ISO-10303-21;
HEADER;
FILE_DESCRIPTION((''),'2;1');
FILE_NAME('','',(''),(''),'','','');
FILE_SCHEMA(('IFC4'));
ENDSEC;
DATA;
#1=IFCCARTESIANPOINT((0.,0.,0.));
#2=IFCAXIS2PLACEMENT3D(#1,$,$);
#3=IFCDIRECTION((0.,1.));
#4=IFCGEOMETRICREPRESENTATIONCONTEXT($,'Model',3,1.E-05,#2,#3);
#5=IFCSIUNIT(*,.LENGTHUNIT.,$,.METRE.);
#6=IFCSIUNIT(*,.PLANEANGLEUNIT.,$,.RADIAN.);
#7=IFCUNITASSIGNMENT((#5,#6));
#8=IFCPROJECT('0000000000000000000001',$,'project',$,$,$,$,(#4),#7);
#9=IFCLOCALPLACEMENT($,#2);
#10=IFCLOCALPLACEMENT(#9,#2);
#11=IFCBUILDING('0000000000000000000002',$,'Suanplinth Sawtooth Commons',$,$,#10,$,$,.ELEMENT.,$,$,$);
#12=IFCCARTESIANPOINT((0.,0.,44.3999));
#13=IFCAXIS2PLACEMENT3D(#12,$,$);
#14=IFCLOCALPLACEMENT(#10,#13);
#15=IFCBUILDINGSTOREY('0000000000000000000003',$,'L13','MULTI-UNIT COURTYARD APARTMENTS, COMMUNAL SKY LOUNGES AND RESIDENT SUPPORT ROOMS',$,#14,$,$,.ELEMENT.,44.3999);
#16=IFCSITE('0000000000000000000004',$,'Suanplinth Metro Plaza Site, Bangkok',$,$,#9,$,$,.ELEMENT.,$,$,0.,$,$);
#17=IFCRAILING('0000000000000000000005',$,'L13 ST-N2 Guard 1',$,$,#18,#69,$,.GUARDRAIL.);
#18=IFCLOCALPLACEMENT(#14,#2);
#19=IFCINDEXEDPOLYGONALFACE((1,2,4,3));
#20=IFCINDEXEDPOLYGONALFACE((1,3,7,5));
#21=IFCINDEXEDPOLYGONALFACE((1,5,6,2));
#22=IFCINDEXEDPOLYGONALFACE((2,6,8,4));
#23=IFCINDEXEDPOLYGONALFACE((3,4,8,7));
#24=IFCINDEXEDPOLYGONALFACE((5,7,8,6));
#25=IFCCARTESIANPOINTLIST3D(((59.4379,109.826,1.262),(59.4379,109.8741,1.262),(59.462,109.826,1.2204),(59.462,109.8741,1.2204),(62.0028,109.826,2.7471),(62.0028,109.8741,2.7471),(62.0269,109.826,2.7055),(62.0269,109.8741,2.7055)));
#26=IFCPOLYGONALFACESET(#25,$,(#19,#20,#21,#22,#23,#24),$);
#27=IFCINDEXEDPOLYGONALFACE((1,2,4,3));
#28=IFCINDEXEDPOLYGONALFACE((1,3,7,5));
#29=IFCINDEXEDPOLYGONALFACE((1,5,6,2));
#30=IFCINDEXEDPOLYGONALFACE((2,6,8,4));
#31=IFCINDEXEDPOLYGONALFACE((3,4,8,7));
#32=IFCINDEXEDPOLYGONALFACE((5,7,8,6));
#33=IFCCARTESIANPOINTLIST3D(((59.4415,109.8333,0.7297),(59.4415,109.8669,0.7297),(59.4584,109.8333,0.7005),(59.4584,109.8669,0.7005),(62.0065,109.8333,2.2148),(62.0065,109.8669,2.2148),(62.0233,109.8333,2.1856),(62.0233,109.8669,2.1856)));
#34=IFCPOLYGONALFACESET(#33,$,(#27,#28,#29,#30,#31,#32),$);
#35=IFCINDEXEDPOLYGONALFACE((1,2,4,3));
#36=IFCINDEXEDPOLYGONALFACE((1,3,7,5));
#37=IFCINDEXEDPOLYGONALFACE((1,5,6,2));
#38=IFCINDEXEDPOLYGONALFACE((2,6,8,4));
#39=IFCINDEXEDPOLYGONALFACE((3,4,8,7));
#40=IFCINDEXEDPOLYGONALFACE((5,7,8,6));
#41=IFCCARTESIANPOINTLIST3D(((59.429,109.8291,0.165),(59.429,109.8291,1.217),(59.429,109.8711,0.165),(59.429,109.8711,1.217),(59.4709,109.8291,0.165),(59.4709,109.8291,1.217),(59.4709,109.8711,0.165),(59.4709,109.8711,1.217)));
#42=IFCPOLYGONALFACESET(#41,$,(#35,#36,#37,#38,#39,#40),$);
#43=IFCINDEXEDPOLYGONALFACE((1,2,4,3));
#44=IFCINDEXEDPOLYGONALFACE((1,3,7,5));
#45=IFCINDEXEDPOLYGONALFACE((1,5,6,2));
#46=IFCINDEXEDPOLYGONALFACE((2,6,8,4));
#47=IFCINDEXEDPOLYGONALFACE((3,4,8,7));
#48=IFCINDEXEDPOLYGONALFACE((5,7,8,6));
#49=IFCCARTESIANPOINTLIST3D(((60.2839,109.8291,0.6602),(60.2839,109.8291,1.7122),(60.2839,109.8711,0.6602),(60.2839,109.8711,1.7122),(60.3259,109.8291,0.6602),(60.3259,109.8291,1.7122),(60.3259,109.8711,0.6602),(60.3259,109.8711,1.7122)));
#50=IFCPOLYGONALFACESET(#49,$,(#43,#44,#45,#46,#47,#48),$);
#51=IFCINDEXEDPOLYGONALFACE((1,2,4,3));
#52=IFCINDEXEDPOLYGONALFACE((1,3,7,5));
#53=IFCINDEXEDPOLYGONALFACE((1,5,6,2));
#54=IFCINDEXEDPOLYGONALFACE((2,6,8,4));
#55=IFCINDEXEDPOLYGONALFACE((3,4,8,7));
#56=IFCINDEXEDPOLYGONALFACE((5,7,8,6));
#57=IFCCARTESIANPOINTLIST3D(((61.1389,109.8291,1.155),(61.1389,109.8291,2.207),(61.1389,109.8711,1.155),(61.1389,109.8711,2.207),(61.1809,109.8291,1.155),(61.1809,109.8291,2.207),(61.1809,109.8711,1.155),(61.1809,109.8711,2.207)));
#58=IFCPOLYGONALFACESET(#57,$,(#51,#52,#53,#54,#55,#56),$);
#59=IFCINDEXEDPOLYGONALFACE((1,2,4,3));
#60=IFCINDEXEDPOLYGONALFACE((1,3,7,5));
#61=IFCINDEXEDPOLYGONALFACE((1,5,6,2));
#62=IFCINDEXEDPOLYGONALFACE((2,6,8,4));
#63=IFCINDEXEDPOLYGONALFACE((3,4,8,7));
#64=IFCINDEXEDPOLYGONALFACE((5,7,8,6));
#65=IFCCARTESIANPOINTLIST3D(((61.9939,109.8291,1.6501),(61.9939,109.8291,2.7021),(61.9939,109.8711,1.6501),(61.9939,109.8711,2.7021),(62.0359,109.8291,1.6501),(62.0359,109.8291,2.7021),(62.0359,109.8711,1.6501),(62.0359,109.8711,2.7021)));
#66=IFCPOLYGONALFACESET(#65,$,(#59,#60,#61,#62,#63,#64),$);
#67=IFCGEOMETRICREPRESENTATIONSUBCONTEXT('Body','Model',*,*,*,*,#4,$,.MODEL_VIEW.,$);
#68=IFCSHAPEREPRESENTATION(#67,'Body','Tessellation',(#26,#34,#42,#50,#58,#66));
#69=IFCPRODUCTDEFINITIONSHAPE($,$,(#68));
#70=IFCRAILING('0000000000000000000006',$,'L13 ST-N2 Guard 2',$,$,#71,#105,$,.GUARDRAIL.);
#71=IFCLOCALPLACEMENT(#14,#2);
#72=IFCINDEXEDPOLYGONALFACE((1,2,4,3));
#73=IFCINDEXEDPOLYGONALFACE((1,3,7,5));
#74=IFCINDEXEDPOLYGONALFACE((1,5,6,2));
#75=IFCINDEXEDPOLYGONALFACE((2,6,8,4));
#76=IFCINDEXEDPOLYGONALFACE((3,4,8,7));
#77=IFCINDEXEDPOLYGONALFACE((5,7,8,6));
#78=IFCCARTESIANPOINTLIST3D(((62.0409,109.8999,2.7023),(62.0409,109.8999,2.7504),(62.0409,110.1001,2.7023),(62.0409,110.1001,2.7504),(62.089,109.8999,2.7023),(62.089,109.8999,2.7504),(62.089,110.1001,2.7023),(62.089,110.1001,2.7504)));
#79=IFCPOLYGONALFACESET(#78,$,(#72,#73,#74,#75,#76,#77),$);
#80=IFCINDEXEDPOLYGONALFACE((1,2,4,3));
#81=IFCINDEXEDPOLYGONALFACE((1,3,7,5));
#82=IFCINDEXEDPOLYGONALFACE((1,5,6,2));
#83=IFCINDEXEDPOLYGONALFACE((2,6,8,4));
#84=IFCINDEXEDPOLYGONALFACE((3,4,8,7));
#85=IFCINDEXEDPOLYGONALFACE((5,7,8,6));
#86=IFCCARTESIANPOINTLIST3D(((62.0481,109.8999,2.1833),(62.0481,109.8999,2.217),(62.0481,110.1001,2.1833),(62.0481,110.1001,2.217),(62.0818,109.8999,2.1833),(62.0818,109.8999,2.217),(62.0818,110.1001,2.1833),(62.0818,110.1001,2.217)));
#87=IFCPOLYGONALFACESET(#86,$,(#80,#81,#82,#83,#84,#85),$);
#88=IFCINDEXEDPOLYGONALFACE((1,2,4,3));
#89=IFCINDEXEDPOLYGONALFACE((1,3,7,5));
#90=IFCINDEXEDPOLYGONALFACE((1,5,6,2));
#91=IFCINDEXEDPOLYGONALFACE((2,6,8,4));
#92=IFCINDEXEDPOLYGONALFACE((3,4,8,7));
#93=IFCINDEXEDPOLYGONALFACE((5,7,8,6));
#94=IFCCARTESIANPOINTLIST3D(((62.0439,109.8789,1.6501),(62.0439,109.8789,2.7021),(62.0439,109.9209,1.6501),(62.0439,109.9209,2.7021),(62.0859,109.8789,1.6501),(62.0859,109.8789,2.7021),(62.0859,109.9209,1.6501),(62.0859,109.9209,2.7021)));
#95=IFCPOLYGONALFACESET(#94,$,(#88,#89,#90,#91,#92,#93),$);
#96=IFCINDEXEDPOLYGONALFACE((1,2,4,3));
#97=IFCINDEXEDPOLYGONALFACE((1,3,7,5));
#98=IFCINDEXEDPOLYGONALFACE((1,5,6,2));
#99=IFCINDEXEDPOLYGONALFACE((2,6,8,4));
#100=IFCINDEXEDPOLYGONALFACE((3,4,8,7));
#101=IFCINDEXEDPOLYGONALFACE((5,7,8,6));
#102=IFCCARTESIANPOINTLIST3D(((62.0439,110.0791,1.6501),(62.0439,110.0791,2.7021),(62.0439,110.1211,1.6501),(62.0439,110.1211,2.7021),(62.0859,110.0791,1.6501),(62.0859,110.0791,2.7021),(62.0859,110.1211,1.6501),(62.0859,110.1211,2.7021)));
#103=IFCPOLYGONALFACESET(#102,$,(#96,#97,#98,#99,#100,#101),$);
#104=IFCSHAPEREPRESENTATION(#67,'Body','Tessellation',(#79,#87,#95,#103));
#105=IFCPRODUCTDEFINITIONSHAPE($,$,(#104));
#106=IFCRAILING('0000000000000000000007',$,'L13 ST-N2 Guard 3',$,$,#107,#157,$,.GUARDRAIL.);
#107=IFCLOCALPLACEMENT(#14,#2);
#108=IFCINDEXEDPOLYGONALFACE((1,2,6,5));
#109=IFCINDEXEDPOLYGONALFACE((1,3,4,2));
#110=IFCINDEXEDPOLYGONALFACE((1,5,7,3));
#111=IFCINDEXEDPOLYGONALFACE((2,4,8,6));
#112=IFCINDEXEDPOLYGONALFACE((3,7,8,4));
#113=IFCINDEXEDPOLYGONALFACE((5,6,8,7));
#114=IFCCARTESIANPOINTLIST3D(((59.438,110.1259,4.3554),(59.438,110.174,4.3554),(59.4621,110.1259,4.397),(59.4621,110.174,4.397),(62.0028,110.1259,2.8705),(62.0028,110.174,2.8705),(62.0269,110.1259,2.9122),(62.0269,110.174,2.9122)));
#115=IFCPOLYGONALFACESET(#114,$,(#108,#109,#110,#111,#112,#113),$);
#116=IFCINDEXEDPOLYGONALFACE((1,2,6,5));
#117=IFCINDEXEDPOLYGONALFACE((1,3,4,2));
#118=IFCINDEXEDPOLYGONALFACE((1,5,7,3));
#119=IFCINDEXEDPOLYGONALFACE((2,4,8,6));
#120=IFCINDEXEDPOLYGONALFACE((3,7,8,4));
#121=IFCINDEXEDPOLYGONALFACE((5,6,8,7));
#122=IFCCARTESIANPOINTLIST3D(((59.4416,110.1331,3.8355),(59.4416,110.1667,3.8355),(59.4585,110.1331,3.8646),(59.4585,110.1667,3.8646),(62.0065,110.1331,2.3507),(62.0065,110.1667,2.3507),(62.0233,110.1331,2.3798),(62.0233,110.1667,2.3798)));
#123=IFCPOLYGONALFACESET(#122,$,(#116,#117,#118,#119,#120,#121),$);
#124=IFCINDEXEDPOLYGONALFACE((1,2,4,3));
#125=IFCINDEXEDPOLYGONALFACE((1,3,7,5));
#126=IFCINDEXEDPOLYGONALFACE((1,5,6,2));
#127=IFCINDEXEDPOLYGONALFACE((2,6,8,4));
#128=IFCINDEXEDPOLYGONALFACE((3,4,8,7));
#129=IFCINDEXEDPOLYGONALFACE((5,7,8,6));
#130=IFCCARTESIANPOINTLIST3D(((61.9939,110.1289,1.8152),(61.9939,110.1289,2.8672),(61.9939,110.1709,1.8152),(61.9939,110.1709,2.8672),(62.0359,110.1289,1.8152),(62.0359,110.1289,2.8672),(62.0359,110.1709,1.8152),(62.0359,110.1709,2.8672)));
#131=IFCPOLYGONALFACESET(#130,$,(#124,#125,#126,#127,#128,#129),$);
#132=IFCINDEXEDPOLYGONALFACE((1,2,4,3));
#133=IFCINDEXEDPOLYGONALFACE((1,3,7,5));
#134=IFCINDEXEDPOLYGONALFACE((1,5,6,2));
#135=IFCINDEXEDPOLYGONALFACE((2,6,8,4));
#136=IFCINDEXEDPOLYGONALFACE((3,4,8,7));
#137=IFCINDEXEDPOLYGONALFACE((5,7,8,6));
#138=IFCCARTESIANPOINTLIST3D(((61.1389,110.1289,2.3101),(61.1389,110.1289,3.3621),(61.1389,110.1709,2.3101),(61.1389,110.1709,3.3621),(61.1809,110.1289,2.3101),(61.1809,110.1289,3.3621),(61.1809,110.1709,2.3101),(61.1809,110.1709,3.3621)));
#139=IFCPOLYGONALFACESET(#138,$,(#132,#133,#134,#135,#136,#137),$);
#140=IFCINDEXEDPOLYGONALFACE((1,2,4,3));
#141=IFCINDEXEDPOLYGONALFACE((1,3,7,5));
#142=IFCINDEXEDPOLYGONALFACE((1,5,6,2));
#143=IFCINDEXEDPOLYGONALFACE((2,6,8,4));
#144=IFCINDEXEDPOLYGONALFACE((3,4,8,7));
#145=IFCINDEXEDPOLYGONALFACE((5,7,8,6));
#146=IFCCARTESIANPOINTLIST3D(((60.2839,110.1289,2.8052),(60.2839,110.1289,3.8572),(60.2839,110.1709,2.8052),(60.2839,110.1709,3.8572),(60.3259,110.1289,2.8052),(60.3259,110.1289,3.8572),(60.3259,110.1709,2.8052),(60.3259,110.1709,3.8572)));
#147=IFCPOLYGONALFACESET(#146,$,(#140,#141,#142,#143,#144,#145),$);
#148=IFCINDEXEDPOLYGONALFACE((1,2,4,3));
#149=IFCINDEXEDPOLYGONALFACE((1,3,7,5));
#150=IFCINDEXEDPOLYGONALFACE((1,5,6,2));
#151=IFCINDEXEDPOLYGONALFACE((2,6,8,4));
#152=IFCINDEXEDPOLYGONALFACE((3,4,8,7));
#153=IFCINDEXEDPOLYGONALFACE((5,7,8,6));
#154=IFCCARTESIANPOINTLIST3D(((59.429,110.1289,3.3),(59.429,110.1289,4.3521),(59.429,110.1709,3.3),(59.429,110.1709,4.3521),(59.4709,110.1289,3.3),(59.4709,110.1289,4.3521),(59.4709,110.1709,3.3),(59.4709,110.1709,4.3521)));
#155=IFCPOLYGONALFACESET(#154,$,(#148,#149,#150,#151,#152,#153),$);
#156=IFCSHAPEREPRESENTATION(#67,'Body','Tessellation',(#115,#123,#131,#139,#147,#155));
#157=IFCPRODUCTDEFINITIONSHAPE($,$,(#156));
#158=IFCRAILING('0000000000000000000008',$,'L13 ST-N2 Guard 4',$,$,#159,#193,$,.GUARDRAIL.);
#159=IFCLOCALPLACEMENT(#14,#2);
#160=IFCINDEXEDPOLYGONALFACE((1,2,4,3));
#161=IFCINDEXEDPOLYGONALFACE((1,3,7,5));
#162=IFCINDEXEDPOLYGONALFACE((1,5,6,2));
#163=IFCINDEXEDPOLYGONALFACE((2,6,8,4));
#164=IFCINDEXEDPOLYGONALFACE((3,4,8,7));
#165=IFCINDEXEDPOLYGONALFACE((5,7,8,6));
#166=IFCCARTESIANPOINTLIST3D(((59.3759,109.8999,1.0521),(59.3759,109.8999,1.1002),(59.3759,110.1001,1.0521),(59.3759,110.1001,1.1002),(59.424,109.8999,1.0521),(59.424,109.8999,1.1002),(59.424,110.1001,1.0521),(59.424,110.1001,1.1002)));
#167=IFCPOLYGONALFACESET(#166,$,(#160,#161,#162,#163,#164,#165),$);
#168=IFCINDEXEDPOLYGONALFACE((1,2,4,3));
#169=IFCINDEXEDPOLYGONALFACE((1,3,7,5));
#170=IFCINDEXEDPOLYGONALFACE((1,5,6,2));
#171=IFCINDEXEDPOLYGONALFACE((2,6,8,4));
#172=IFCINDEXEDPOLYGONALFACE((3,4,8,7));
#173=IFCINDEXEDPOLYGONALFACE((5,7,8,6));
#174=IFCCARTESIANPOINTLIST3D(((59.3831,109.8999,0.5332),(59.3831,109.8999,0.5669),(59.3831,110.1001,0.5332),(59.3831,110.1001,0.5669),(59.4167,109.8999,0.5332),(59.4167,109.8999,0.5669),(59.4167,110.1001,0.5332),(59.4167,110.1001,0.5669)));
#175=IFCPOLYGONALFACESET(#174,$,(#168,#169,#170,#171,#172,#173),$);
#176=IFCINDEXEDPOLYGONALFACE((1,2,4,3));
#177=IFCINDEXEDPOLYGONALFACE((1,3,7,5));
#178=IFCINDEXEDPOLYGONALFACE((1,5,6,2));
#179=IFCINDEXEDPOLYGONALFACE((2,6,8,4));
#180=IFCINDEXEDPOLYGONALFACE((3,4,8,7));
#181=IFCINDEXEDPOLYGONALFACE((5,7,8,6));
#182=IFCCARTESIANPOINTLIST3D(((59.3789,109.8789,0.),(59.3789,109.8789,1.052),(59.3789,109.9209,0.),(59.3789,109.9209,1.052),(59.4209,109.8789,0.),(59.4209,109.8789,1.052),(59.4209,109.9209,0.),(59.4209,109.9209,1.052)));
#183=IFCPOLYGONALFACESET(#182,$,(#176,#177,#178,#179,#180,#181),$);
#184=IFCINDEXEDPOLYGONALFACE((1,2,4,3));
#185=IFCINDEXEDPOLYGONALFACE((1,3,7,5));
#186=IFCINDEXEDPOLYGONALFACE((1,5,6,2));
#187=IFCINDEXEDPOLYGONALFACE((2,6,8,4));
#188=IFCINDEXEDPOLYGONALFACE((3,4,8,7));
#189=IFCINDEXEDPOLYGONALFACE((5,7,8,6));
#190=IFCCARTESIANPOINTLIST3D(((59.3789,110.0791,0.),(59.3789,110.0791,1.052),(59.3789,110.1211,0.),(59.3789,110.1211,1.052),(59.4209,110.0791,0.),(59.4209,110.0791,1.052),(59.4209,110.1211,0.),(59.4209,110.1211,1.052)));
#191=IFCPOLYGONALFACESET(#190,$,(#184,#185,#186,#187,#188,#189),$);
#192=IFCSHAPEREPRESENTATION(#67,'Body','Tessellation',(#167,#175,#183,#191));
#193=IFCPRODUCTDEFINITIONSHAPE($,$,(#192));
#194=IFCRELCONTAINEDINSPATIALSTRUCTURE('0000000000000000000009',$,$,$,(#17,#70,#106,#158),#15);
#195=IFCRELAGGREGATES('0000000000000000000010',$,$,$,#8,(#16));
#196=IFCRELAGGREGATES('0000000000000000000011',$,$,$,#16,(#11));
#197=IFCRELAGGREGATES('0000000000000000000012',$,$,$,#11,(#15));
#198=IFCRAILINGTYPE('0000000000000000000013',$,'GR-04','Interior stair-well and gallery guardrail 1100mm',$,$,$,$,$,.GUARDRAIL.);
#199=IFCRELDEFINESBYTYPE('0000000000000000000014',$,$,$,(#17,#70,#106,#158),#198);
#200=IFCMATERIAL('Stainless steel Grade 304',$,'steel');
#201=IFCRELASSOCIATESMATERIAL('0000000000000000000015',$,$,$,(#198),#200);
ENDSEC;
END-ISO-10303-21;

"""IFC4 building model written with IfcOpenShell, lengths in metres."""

from ifc_helpers import new_model, si_unit, direction, frame, origin, origin_2d, place, context, subcontext, project, spatial, rectangle, extrude, material, type_object, element, save


model = new_model("IFC4")

# Units and contexts
model_context = context("Model", 3, precision=1e-05, world=origin(), true_north=direction((0.0, 1.0)))
body_context = subcontext(model_context, "Body", "Model", "MODEL_VIEW")
ifc_project = project(units=[si_unit("LENGTHUNIT", "METRE"), si_unit("PLANEANGLEUNIT", "RADIAN")], contexts=[model_context])

# Site, building, storey
site_placement = place(None, origin())
site = spatial("IfcSite", under=ifc_project, at=site_placement, Name="Suanplinth Metro Plaza Site, Bangkok", CompositionType="ELEMENT", RefElevation=0.0)
building_placement = place(site_placement, origin())
building = spatial("IfcBuilding", under=site, at=building_placement, Name="Suanplinth Sawtooth Commons", CompositionType="ELEMENT")
storey_placement = place(building_placement, frame((0.0, 0.0, 44.3999)))
storey = spatial("IfcBuildingStorey", under=building, at=storey_placement, Name="L13", Description="MULTI-UNIT COURTYARD APARTMENTS, COMMUNAL SKY LOUNGES AND RESIDENT SUPPORT ROOMS", CompositionType="ELEMENT", Elevation=44.3999)

# Shared definitions
ifc_material_1 = material(Name="Stainless steel Grade 304", Category="steel")

# Railings
railing_type_1 = type_object("IfcRailingType", Name="GR-04", Description="Interior stair-well and gallery guardrail 1100mm", PredefinedType="GUARDRAIL", material=ifc_material_1)
railing_1_placement = place(storey_placement, frame((59.45, 109.8501, 0.165)))
element("IfcRailing", 1, at=railing_1_placement, inside=storey, type_object=railing_type_1, Name="L13 ST-N2 Guard 1", PredefinedType="GUARDRAIL", context=body_context, shape_type="SweptSolid", body=[
    extrude(rectangle(XDim=0.0481, YDim=0.0481, at=origin_2d()), frame((0.0, 0.0, 1.0762), z_axis=(0.865406, 0.0, 0.501072), x_axis=(0.0, 1.0, 0.0)), (0.0, 0.0, 1.0), 2.9639),
    extrude(rectangle(XDim=0.0337, YDim=0.0337, at=origin_2d()), frame((0.0, 0.0, 0.55), z_axis=(0.865406, 0.0, 0.501072), x_axis=(0.0, 1.0, 0.0)), (0.0, 0.0, 1.0), 2.9639),
    extrude(rectangle(XDim=0.042, YDim=0.042, at=origin_2d()), origin(), (0.0, 0.0, 1.0), 1.052),
    extrude(rectangle(XDim=0.042, YDim=0.042, at=origin_2d()), frame((0.855, 0.0, 0.4951)), (0.0, 0.0, 1.0), 1.052),
    extrude(rectangle(XDim=0.042, YDim=0.042, at=origin_2d()), frame((1.71, 0.0, 0.99)), (0.0, 0.0, 1.0), 1.052),
    extrude(rectangle(XDim=0.042, YDim=0.042, at=origin_2d()), frame((2.5649, 0.0, 1.4851)), (0.0, 0.0, 1.0), 1.052),
])
railing_2_placement = place(storey_placement, frame((62.0649, 109.8999, 1.6501)))
element("IfcRailing", 2, at=railing_2_placement, inside=storey, type_object=railing_type_1, Name="L13 ST-N2 Guard 2", PredefinedType="GUARDRAIL", context=body_context, shape_type="SweptSolid", body=[
    extrude(rectangle(XDim=0.0481, YDim=0.0481, at=origin_2d()), frame((0.0, 0.0, 1.0762), z_axis=(0.0, 1.0, 0.0), x_axis=(-1.0, 0.0, 0.0)), (0.0, 0.0, 1.0), 0.2002),
    extrude(rectangle(XDim=0.0337, YDim=0.0337, at=origin_2d()), frame((0.0, 0.0, 0.55), z_axis=(0.0, 1.0, 0.0), x_axis=(-1.0, 0.0, 0.0)), (0.0, 0.0, 1.0), 0.2002),
    extrude(rectangle(XDim=0.042, YDim=0.042, at=origin_2d()), origin(), (0.0, 0.0, 1.0), 1.052),
    extrude(rectangle(XDim=0.042, YDim=0.042, at=origin_2d()), frame((0.0, 0.2002, 0.0)), (0.0, 0.0, 1.0), 1.052),
])
railing_3_placement = place(storey_placement, frame((62.0149, 110.1499, 1.8152)))
element("IfcRailing", 3, at=railing_3_placement, inside=storey, type_object=railing_type_1, Name="L13 ST-N2 Guard 3", PredefinedType="GUARDRAIL", context=body_context, shape_type="SweptSolid", body=[
    extrude(rectangle(XDim=0.0481, YDim=0.0481, at=origin_2d()), frame((0.0, 0.0, 1.0762), z_axis=(-0.865441, 0.0, 0.50101), x_axis=(0.0, -1.0, 0.0)), (0.0, 0.0, 1.0), 2.9636),
    extrude(rectangle(XDim=0.0337, YDim=0.0337, at=origin_2d()), frame((0.0, 0.0, 0.55), z_axis=(-0.865441, 0.0, 0.50101), x_axis=(0.0, -1.0, 0.0)), (0.0, 0.0, 1.0), 2.9636),
    extrude(rectangle(XDim=0.042, YDim=0.042, at=origin_2d()), origin(), (0.0, 0.0, 1.0), 1.052),
    extrude(rectangle(XDim=0.042, YDim=0.042, at=origin_2d()), frame((-0.855, 0.0, 0.4949)), (0.0, 0.0, 1.0), 1.052),
    extrude(rectangle(XDim=0.042, YDim=0.042, at=origin_2d()), frame((-1.71, 0.0, 0.99)), (0.0, 0.0, 1.0), 1.052),
    extrude(rectangle(XDim=0.042, YDim=0.042, at=origin_2d()), frame((-2.5649, 0.0, 1.4849)), (0.0, 0.0, 1.0), 1.052),
])
railing_4_placement = place(storey_placement, frame((59.3999, 109.8999, 0.0)))
element("IfcRailing", 4, at=railing_4_placement, inside=storey, type_object=railing_type_1, Name="L13 ST-N2 Guard 4", PredefinedType="GUARDRAIL", context=body_context, shape_type="SweptSolid", body=[
    extrude(rectangle(XDim=0.0481, YDim=0.0481, at=origin_2d()), frame((0.0, 0.0, 1.0762), z_axis=(0.0, 1.0, 0.0), x_axis=(-1.0, 0.0, 0.0)), (0.0, 0.0, 1.0), 0.2002),
    extrude(rectangle(XDim=0.0337, YDim=0.0337, at=origin_2d()), frame((0.0, 0.0, 0.55), z_axis=(0.0, 1.0, 0.0), x_axis=(-1.0, 0.0, 0.0)), (0.0, 0.0, 1.0), 0.2002),
    extrude(rectangle(XDim=0.042, YDim=0.042, at=origin_2d()), origin(), (0.0, 0.0, 1.0), 1.052),
    extrude(rectangle(XDim=0.042, YDim=0.042, at=origin_2d()), frame((0.0, 0.2002, 0.0)), (0.0, 0.0, 1.0), 1.052),
])

save(model, "model.ifc")
